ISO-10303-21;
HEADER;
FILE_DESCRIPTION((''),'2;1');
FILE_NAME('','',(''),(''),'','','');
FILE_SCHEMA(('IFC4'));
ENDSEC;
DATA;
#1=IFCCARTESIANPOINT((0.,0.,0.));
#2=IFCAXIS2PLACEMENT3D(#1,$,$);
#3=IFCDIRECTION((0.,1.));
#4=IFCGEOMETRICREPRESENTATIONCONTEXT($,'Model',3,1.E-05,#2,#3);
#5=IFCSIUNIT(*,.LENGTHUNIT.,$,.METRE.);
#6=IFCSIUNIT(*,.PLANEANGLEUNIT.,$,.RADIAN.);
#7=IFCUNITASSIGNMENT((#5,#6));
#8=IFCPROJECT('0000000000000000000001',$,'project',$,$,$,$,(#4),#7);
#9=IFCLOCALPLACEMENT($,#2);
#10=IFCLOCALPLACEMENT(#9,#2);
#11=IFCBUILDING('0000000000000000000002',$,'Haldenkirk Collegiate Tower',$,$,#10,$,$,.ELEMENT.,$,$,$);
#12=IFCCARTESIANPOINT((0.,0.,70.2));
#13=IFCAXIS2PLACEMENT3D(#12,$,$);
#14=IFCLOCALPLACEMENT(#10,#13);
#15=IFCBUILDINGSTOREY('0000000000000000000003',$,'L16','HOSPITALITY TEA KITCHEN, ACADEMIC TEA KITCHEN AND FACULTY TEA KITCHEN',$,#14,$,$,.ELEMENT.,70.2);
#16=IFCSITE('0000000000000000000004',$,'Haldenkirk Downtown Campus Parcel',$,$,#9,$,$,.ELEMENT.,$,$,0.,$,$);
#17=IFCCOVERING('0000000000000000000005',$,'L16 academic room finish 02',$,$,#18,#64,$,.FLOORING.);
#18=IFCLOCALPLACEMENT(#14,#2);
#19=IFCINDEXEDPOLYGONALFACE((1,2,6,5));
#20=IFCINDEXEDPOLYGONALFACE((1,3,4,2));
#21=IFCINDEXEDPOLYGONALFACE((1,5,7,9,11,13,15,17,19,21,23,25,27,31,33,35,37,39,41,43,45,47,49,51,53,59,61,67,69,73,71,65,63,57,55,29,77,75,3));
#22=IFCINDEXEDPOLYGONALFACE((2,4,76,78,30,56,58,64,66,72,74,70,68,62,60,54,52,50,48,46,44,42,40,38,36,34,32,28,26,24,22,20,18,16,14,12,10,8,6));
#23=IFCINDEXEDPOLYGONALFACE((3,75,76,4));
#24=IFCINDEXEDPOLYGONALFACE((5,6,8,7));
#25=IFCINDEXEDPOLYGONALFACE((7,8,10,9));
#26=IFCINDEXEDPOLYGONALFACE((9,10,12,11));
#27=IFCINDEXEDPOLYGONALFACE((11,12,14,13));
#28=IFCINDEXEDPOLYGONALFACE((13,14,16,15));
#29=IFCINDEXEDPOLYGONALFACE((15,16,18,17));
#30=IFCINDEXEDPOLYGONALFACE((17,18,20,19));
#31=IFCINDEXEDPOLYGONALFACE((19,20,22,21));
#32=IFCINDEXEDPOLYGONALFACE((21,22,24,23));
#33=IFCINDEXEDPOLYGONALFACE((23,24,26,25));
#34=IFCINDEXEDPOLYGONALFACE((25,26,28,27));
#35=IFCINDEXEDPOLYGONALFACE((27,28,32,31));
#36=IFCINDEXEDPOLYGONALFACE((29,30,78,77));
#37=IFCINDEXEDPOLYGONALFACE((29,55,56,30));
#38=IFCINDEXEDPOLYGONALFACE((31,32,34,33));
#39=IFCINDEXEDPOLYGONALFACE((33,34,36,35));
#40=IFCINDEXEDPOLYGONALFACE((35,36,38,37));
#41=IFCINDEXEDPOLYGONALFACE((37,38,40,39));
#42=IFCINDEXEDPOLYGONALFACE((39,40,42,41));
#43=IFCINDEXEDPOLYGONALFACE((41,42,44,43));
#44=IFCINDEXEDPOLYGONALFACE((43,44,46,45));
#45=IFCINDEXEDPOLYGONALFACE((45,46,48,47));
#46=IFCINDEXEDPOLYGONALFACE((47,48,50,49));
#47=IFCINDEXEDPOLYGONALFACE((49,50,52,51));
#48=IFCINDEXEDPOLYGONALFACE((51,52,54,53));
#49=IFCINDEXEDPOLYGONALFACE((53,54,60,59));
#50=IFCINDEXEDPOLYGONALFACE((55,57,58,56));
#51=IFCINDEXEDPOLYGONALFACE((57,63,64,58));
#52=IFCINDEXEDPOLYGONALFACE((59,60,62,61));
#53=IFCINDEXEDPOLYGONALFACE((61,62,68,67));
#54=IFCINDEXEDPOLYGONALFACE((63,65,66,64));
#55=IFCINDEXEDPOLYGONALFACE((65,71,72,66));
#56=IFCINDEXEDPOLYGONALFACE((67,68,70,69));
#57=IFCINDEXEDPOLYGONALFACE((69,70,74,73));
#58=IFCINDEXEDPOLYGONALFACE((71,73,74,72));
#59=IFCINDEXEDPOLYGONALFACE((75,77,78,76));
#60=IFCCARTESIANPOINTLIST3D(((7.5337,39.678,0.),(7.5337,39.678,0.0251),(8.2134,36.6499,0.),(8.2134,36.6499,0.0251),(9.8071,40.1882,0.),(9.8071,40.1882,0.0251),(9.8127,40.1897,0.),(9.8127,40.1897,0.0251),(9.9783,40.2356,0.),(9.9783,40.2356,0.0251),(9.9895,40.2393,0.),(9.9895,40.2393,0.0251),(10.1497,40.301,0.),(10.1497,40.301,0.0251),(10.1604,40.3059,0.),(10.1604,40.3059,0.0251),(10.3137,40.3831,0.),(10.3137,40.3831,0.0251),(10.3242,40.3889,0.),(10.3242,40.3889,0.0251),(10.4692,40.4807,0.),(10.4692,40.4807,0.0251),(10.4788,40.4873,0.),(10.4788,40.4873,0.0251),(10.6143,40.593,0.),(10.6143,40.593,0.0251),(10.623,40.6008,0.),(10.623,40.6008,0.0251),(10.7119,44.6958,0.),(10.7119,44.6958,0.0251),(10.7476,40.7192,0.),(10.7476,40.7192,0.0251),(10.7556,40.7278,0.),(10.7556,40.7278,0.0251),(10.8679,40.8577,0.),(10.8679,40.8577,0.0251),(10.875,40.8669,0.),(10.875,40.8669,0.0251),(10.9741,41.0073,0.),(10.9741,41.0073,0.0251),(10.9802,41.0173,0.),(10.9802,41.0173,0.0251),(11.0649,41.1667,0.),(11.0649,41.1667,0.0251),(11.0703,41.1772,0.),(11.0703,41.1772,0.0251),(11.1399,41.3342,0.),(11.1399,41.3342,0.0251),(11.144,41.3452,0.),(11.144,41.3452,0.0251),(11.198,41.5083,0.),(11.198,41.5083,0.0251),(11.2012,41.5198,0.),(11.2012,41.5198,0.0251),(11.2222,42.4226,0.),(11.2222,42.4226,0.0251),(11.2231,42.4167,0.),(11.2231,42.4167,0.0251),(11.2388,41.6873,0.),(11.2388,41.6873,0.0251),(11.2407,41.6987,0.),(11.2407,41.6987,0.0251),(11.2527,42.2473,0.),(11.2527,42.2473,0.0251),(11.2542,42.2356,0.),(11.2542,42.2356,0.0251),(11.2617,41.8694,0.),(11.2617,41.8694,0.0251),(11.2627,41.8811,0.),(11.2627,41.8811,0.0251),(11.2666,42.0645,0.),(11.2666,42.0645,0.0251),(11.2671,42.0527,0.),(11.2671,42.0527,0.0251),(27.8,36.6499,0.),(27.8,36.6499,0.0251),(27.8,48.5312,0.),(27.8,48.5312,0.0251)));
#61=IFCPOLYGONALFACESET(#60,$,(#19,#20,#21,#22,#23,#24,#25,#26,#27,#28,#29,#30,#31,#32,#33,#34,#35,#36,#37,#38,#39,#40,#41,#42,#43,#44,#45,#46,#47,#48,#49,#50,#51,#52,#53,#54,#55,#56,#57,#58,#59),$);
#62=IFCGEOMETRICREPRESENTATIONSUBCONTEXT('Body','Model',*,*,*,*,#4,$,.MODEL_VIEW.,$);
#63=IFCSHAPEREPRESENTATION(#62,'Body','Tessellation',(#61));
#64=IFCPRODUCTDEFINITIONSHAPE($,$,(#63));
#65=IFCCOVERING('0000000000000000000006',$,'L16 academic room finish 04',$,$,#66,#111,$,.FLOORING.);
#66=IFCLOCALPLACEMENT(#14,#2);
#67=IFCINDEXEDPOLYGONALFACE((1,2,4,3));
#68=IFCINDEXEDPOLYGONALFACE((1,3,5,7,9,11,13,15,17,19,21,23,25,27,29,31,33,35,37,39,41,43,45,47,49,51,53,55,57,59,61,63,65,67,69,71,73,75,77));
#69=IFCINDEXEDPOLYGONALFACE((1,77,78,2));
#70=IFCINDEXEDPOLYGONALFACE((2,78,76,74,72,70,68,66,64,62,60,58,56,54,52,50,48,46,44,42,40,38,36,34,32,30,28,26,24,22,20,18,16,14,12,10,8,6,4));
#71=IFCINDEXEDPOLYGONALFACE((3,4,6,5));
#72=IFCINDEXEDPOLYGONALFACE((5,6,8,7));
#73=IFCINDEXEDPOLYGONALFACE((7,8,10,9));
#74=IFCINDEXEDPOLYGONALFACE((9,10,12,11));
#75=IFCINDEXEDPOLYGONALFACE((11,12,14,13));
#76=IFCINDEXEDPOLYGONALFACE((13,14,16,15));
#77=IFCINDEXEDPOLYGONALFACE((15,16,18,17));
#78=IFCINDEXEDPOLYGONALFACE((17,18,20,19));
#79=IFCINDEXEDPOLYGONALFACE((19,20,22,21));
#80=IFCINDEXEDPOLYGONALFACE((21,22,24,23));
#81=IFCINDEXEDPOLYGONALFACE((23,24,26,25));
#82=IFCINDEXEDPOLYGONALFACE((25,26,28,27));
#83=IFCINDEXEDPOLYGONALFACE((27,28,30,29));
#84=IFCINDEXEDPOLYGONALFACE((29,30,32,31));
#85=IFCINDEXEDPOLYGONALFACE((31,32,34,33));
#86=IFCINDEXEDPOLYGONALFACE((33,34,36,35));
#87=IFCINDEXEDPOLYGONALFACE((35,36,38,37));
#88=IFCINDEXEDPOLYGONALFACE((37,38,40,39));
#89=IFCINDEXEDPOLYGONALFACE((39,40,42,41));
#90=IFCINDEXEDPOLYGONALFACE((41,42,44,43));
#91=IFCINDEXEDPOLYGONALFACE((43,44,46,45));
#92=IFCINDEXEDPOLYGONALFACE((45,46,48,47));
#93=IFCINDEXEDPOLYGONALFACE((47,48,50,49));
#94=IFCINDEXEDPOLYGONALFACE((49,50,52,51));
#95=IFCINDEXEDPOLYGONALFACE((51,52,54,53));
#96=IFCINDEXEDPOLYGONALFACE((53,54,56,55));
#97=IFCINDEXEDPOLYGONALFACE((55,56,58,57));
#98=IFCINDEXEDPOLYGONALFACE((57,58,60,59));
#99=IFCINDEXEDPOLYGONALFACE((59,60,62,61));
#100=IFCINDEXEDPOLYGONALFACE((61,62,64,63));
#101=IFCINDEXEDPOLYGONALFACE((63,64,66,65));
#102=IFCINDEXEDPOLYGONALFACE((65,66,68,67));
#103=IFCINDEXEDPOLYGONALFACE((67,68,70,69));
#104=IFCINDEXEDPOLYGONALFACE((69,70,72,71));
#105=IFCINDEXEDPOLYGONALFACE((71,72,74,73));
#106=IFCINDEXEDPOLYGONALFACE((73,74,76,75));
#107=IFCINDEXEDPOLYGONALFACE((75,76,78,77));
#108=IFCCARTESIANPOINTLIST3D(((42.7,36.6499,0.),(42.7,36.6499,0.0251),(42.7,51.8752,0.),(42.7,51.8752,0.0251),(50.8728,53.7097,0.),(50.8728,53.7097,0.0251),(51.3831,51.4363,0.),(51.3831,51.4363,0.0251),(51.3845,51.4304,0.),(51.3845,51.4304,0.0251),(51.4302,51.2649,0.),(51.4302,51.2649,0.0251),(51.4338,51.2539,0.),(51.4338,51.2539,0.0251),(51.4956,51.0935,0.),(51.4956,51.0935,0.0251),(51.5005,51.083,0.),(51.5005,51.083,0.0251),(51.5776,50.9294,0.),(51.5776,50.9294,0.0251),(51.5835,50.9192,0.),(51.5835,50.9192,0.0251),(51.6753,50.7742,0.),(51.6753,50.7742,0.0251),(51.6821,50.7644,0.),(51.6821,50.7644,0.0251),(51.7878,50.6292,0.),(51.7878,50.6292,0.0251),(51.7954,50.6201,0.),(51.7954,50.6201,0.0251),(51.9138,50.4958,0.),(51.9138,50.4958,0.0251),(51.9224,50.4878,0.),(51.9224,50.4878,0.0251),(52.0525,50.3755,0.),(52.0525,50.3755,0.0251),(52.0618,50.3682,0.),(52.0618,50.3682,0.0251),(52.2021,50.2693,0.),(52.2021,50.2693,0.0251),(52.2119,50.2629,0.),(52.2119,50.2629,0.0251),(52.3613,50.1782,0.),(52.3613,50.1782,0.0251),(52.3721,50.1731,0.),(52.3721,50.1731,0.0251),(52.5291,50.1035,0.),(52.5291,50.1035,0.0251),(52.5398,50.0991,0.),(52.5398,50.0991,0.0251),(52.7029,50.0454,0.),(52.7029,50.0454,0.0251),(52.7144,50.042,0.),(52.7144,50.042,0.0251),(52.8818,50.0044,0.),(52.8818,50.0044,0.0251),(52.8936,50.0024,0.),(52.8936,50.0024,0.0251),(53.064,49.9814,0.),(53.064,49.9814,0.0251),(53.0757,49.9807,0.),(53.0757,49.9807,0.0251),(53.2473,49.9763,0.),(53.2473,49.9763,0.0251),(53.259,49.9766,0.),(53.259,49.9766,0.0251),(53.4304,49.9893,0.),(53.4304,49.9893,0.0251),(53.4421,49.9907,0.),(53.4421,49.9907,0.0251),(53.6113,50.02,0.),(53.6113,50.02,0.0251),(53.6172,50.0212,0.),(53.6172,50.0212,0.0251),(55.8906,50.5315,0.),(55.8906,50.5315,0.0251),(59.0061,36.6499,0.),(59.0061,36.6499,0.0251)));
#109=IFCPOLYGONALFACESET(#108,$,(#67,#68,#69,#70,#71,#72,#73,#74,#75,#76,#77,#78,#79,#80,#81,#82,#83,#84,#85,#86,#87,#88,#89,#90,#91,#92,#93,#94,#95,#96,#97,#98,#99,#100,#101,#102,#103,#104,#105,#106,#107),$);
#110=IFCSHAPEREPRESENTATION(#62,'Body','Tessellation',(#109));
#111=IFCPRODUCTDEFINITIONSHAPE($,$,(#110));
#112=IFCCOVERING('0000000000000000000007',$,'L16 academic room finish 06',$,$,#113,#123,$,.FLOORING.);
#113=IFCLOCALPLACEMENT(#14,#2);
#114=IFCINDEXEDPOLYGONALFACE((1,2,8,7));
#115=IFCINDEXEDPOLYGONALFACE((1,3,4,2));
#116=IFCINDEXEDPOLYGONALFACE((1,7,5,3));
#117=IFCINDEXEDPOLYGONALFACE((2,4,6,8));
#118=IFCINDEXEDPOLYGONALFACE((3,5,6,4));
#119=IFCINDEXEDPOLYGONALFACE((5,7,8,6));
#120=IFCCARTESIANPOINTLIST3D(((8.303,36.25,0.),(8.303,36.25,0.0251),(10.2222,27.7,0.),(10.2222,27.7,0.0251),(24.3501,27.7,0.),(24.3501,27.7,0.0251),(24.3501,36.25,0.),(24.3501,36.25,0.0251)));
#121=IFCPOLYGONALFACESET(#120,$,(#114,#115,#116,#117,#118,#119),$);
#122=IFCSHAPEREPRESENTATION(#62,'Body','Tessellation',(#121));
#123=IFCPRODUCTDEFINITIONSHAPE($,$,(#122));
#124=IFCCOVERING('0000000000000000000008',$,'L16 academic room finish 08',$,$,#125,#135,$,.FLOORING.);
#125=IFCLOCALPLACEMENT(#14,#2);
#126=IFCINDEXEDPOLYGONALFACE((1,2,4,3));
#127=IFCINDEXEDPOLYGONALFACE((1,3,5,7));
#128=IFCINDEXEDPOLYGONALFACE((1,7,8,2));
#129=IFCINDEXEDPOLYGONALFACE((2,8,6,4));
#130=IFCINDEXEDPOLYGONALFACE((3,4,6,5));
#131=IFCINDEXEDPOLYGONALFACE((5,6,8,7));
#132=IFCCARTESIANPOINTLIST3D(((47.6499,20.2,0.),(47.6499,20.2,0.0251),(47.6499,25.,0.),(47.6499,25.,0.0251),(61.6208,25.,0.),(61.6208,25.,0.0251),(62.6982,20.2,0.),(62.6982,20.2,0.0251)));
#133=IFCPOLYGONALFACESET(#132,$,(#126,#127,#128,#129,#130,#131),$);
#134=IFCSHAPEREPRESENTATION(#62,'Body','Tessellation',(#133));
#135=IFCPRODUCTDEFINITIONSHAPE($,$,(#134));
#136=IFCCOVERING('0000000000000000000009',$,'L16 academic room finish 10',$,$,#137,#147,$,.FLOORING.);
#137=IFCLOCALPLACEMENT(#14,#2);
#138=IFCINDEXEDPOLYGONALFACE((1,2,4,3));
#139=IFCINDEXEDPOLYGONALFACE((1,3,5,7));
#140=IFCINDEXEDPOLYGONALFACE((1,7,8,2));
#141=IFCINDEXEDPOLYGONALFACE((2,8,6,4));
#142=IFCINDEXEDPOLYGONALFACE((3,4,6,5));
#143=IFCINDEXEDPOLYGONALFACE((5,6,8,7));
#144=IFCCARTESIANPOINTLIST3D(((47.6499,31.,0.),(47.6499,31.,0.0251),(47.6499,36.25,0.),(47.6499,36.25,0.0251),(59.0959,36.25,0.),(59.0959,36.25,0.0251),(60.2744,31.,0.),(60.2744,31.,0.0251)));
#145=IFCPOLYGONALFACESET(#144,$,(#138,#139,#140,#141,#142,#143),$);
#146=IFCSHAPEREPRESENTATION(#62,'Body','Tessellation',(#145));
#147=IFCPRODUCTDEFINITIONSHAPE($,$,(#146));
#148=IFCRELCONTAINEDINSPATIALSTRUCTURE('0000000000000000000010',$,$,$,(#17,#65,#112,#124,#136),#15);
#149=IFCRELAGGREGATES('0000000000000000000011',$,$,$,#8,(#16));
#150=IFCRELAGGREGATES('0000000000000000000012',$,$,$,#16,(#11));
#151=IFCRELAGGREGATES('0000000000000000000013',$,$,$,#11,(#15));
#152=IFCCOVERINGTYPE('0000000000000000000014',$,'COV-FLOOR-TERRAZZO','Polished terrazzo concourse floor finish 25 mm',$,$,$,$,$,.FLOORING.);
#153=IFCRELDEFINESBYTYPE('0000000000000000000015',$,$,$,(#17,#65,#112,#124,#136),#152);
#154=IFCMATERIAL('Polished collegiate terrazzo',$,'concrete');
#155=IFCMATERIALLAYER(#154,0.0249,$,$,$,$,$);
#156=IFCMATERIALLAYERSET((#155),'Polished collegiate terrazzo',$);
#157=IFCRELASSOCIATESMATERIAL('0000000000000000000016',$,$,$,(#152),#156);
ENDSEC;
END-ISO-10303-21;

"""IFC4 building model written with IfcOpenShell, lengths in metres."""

from ifc_helpers import new_model, si_unit, direction, frame, origin, place, context, subcontext, project, spatial, polyline, outline, extrude, material, layer, layer_set, type_object, element, save


model = new_model("IFC4")

# Units and contexts
model_context = context("Model", 3, precision=1e-05, world=origin(), true_north=direction((0.0, 1.0)))
body_context = subcontext(model_context, "Body", "Model", "MODEL_VIEW")
ifc_project = project(units=[si_unit("LENGTHUNIT", "METRE"), si_unit("PLANEANGLEUNIT", "RADIAN")], contexts=[model_context])

# Site, building, storey
site_placement = place(None, origin())
site = spatial("IfcSite", under=ifc_project, at=site_placement, Name="Haldenkirk Downtown Campus Parcel", CompositionType="ELEMENT", RefElevation=0.0)
building_placement = place(site_placement, origin())
building = spatial("IfcBuilding", under=site, at=building_placement, Name="Haldenkirk Collegiate Tower", CompositionType="ELEMENT")
storey_placement = place(building_placement, frame((0.0, 0.0, 70.2)))
storey = spatial("IfcBuildingStorey", under=building, at=storey_placement, Name="L16", Description="HOSPITALITY TEA KITCHEN, ACADEMIC TEA KITCHEN AND FACULTY TEA KITCHEN", CompositionType="ELEMENT", Elevation=70.2)

# Coverings
ifc_material_1 = material(Name="Polished collegiate terrazzo", Category="concrete")
ifc_layer_1 = layer(ifc_material_1, 0.0249)
ifc_layer_set_1 = layer_set([ifc_layer_1], Name="Polished collegiate terrazzo")
covering_type_1 = type_object("IfcCoveringType", Name="COV-FLOOR-TERRAZZO", Description="Polished terrazzo concourse floor finish 25 mm", PredefinedType="FLOORING", material=ifc_layer_set_1)
covering_1_placement = place(storey_placement, origin())
element("IfcCovering", 1, at=covering_1_placement, inside=storey, type_object=covering_type_1, Name="L16 academic room finish 02", PredefinedType="FLOORING", context=body_context, shape_type="SweptSolid", body=[
    extrude(outline(polyline([(9.8071, 40.1882), (9.8127, 40.1897), (9.9783, 40.2356), (9.9895, 40.2393), (10.1497, 40.301), (10.1604, 40.3059), (10.3137, 40.3831), (10.3242, 40.3889), (10.4692, 40.4807), (10.4788, 40.4873), (10.6143, 40.593), (10.623, 40.6008), (10.7476, 40.7192), (10.7556, 40.7278), (10.8679, 40.8577), (10.875, 40.8669), (10.9741, 41.0073), (10.9802, 41.0173), (11.0649, 41.1667), (11.0703, 41.1772), (11.1399, 41.3342), (11.144, 41.3452), (11.198, 41.5083), (11.2012, 41.5198), (11.2388, 41.6873), (11.2407, 41.6987), (11.2617, 41.8694), (11.2627, 41.8811), (11.2671, 42.0527), (11.2666, 42.0645), (11.2542, 42.2356), (11.2527, 42.2473), (11.2231, 42.4167), (11.2222, 42.4226), (10.7119, 44.6958), (27.8, 48.5312), (27.8, 36.6499), (8.2134, 36.6499), (7.5337, 39.678), (9.8071, 40.1882)])), origin(), (0.0, 0.0, 1.0), 0.0251),
])
covering_2_placement = place(storey_placement, origin())
element("IfcCovering", 2, at=covering_2_placement, inside=storey, type_object=covering_type_1, Name="L16 academic room finish 04", PredefinedType="FLOORING", context=body_context, shape_type="SweptSolid", body=[
    extrude(outline(polyline([(50.8728, 53.7097), (51.3831, 51.4363), (51.3845, 51.4304), (51.4302, 51.2649), (51.4338, 51.2539), (51.4956, 51.0935), (51.5005, 51.083), (51.5776, 50.9294), (51.5835, 50.9192), (51.6753, 50.7742), (51.6821, 50.7644), (51.7878, 50.6292), (51.7954, 50.6201), (51.9138, 50.4958), (51.9224, 50.4878), (52.0525, 50.3755), (52.0618, 50.3682), (52.2021, 50.2693), (52.2119, 50.2629), (52.3613, 50.1782), (52.3721, 50.1731), (52.5291, 50.1035), (52.5398, 50.0991), (52.7029, 50.0454), (52.7144, 50.042), (52.8818, 50.0044), (52.8936, 50.0024), (53.064, 49.9814), (53.0757, 49.9807), (53.2473, 49.9763), (53.259, 49.9766), (53.4304, 49.9893), (53.4421, 49.9907), (53.6113, 50.02), (53.6172, 50.0212), (55.8906, 50.5315), (59.0061, 36.6499), (42.7, 36.6499), (42.7, 51.8752), (50.8728, 53.7097)])), origin(), (0.0, 0.0, 1.0), 0.0251),
])
covering_3_placement = place(storey_placement, origin())
element("IfcCovering", 3, at=covering_3_placement, inside=storey, type_object=covering_type_1, Name="L16 academic room finish 06", PredefinedType="FLOORING", context=body_context, shape_type="SweptSolid", body=[
    extrude(outline(polyline([(8.303, 36.25), (24.3501, 36.25), (24.3501, 27.7), (10.2222, 27.7), (8.303, 36.25)])), origin(), (0.0, 0.0, 1.0), 0.0251),
])
covering_4_placement = place(storey_placement, origin())
element("IfcCovering", 4, at=covering_4_placement, inside=storey, type_object=covering_type_1, Name="L16 academic room finish 08", PredefinedType="FLOORING", context=body_context, shape_type="SweptSolid", body=[
    extrude(outline(polyline([(62.6982, 20.2), (47.6499, 20.2), (47.6499, 25.0), (61.6208, 25.0), (62.6982, 20.2)])), origin(), (0.0, 0.0, 1.0), 0.0251),
])
covering_5_placement = place(storey_placement, origin())
element("IfcCovering", 5, at=covering_5_placement, inside=storey, type_object=covering_type_1, Name="L16 academic room finish 10", PredefinedType="FLOORING", context=body_context, shape_type="SweptSolid", body=[
    extrude(outline(polyline([(60.2744, 31.0), (47.6499, 31.0), (47.6499, 36.25), (59.0959, 36.25), (60.2744, 31.0)])), origin(), (0.0, 0.0, 1.0), 0.0251),
])

save(model, "model.ifc")
